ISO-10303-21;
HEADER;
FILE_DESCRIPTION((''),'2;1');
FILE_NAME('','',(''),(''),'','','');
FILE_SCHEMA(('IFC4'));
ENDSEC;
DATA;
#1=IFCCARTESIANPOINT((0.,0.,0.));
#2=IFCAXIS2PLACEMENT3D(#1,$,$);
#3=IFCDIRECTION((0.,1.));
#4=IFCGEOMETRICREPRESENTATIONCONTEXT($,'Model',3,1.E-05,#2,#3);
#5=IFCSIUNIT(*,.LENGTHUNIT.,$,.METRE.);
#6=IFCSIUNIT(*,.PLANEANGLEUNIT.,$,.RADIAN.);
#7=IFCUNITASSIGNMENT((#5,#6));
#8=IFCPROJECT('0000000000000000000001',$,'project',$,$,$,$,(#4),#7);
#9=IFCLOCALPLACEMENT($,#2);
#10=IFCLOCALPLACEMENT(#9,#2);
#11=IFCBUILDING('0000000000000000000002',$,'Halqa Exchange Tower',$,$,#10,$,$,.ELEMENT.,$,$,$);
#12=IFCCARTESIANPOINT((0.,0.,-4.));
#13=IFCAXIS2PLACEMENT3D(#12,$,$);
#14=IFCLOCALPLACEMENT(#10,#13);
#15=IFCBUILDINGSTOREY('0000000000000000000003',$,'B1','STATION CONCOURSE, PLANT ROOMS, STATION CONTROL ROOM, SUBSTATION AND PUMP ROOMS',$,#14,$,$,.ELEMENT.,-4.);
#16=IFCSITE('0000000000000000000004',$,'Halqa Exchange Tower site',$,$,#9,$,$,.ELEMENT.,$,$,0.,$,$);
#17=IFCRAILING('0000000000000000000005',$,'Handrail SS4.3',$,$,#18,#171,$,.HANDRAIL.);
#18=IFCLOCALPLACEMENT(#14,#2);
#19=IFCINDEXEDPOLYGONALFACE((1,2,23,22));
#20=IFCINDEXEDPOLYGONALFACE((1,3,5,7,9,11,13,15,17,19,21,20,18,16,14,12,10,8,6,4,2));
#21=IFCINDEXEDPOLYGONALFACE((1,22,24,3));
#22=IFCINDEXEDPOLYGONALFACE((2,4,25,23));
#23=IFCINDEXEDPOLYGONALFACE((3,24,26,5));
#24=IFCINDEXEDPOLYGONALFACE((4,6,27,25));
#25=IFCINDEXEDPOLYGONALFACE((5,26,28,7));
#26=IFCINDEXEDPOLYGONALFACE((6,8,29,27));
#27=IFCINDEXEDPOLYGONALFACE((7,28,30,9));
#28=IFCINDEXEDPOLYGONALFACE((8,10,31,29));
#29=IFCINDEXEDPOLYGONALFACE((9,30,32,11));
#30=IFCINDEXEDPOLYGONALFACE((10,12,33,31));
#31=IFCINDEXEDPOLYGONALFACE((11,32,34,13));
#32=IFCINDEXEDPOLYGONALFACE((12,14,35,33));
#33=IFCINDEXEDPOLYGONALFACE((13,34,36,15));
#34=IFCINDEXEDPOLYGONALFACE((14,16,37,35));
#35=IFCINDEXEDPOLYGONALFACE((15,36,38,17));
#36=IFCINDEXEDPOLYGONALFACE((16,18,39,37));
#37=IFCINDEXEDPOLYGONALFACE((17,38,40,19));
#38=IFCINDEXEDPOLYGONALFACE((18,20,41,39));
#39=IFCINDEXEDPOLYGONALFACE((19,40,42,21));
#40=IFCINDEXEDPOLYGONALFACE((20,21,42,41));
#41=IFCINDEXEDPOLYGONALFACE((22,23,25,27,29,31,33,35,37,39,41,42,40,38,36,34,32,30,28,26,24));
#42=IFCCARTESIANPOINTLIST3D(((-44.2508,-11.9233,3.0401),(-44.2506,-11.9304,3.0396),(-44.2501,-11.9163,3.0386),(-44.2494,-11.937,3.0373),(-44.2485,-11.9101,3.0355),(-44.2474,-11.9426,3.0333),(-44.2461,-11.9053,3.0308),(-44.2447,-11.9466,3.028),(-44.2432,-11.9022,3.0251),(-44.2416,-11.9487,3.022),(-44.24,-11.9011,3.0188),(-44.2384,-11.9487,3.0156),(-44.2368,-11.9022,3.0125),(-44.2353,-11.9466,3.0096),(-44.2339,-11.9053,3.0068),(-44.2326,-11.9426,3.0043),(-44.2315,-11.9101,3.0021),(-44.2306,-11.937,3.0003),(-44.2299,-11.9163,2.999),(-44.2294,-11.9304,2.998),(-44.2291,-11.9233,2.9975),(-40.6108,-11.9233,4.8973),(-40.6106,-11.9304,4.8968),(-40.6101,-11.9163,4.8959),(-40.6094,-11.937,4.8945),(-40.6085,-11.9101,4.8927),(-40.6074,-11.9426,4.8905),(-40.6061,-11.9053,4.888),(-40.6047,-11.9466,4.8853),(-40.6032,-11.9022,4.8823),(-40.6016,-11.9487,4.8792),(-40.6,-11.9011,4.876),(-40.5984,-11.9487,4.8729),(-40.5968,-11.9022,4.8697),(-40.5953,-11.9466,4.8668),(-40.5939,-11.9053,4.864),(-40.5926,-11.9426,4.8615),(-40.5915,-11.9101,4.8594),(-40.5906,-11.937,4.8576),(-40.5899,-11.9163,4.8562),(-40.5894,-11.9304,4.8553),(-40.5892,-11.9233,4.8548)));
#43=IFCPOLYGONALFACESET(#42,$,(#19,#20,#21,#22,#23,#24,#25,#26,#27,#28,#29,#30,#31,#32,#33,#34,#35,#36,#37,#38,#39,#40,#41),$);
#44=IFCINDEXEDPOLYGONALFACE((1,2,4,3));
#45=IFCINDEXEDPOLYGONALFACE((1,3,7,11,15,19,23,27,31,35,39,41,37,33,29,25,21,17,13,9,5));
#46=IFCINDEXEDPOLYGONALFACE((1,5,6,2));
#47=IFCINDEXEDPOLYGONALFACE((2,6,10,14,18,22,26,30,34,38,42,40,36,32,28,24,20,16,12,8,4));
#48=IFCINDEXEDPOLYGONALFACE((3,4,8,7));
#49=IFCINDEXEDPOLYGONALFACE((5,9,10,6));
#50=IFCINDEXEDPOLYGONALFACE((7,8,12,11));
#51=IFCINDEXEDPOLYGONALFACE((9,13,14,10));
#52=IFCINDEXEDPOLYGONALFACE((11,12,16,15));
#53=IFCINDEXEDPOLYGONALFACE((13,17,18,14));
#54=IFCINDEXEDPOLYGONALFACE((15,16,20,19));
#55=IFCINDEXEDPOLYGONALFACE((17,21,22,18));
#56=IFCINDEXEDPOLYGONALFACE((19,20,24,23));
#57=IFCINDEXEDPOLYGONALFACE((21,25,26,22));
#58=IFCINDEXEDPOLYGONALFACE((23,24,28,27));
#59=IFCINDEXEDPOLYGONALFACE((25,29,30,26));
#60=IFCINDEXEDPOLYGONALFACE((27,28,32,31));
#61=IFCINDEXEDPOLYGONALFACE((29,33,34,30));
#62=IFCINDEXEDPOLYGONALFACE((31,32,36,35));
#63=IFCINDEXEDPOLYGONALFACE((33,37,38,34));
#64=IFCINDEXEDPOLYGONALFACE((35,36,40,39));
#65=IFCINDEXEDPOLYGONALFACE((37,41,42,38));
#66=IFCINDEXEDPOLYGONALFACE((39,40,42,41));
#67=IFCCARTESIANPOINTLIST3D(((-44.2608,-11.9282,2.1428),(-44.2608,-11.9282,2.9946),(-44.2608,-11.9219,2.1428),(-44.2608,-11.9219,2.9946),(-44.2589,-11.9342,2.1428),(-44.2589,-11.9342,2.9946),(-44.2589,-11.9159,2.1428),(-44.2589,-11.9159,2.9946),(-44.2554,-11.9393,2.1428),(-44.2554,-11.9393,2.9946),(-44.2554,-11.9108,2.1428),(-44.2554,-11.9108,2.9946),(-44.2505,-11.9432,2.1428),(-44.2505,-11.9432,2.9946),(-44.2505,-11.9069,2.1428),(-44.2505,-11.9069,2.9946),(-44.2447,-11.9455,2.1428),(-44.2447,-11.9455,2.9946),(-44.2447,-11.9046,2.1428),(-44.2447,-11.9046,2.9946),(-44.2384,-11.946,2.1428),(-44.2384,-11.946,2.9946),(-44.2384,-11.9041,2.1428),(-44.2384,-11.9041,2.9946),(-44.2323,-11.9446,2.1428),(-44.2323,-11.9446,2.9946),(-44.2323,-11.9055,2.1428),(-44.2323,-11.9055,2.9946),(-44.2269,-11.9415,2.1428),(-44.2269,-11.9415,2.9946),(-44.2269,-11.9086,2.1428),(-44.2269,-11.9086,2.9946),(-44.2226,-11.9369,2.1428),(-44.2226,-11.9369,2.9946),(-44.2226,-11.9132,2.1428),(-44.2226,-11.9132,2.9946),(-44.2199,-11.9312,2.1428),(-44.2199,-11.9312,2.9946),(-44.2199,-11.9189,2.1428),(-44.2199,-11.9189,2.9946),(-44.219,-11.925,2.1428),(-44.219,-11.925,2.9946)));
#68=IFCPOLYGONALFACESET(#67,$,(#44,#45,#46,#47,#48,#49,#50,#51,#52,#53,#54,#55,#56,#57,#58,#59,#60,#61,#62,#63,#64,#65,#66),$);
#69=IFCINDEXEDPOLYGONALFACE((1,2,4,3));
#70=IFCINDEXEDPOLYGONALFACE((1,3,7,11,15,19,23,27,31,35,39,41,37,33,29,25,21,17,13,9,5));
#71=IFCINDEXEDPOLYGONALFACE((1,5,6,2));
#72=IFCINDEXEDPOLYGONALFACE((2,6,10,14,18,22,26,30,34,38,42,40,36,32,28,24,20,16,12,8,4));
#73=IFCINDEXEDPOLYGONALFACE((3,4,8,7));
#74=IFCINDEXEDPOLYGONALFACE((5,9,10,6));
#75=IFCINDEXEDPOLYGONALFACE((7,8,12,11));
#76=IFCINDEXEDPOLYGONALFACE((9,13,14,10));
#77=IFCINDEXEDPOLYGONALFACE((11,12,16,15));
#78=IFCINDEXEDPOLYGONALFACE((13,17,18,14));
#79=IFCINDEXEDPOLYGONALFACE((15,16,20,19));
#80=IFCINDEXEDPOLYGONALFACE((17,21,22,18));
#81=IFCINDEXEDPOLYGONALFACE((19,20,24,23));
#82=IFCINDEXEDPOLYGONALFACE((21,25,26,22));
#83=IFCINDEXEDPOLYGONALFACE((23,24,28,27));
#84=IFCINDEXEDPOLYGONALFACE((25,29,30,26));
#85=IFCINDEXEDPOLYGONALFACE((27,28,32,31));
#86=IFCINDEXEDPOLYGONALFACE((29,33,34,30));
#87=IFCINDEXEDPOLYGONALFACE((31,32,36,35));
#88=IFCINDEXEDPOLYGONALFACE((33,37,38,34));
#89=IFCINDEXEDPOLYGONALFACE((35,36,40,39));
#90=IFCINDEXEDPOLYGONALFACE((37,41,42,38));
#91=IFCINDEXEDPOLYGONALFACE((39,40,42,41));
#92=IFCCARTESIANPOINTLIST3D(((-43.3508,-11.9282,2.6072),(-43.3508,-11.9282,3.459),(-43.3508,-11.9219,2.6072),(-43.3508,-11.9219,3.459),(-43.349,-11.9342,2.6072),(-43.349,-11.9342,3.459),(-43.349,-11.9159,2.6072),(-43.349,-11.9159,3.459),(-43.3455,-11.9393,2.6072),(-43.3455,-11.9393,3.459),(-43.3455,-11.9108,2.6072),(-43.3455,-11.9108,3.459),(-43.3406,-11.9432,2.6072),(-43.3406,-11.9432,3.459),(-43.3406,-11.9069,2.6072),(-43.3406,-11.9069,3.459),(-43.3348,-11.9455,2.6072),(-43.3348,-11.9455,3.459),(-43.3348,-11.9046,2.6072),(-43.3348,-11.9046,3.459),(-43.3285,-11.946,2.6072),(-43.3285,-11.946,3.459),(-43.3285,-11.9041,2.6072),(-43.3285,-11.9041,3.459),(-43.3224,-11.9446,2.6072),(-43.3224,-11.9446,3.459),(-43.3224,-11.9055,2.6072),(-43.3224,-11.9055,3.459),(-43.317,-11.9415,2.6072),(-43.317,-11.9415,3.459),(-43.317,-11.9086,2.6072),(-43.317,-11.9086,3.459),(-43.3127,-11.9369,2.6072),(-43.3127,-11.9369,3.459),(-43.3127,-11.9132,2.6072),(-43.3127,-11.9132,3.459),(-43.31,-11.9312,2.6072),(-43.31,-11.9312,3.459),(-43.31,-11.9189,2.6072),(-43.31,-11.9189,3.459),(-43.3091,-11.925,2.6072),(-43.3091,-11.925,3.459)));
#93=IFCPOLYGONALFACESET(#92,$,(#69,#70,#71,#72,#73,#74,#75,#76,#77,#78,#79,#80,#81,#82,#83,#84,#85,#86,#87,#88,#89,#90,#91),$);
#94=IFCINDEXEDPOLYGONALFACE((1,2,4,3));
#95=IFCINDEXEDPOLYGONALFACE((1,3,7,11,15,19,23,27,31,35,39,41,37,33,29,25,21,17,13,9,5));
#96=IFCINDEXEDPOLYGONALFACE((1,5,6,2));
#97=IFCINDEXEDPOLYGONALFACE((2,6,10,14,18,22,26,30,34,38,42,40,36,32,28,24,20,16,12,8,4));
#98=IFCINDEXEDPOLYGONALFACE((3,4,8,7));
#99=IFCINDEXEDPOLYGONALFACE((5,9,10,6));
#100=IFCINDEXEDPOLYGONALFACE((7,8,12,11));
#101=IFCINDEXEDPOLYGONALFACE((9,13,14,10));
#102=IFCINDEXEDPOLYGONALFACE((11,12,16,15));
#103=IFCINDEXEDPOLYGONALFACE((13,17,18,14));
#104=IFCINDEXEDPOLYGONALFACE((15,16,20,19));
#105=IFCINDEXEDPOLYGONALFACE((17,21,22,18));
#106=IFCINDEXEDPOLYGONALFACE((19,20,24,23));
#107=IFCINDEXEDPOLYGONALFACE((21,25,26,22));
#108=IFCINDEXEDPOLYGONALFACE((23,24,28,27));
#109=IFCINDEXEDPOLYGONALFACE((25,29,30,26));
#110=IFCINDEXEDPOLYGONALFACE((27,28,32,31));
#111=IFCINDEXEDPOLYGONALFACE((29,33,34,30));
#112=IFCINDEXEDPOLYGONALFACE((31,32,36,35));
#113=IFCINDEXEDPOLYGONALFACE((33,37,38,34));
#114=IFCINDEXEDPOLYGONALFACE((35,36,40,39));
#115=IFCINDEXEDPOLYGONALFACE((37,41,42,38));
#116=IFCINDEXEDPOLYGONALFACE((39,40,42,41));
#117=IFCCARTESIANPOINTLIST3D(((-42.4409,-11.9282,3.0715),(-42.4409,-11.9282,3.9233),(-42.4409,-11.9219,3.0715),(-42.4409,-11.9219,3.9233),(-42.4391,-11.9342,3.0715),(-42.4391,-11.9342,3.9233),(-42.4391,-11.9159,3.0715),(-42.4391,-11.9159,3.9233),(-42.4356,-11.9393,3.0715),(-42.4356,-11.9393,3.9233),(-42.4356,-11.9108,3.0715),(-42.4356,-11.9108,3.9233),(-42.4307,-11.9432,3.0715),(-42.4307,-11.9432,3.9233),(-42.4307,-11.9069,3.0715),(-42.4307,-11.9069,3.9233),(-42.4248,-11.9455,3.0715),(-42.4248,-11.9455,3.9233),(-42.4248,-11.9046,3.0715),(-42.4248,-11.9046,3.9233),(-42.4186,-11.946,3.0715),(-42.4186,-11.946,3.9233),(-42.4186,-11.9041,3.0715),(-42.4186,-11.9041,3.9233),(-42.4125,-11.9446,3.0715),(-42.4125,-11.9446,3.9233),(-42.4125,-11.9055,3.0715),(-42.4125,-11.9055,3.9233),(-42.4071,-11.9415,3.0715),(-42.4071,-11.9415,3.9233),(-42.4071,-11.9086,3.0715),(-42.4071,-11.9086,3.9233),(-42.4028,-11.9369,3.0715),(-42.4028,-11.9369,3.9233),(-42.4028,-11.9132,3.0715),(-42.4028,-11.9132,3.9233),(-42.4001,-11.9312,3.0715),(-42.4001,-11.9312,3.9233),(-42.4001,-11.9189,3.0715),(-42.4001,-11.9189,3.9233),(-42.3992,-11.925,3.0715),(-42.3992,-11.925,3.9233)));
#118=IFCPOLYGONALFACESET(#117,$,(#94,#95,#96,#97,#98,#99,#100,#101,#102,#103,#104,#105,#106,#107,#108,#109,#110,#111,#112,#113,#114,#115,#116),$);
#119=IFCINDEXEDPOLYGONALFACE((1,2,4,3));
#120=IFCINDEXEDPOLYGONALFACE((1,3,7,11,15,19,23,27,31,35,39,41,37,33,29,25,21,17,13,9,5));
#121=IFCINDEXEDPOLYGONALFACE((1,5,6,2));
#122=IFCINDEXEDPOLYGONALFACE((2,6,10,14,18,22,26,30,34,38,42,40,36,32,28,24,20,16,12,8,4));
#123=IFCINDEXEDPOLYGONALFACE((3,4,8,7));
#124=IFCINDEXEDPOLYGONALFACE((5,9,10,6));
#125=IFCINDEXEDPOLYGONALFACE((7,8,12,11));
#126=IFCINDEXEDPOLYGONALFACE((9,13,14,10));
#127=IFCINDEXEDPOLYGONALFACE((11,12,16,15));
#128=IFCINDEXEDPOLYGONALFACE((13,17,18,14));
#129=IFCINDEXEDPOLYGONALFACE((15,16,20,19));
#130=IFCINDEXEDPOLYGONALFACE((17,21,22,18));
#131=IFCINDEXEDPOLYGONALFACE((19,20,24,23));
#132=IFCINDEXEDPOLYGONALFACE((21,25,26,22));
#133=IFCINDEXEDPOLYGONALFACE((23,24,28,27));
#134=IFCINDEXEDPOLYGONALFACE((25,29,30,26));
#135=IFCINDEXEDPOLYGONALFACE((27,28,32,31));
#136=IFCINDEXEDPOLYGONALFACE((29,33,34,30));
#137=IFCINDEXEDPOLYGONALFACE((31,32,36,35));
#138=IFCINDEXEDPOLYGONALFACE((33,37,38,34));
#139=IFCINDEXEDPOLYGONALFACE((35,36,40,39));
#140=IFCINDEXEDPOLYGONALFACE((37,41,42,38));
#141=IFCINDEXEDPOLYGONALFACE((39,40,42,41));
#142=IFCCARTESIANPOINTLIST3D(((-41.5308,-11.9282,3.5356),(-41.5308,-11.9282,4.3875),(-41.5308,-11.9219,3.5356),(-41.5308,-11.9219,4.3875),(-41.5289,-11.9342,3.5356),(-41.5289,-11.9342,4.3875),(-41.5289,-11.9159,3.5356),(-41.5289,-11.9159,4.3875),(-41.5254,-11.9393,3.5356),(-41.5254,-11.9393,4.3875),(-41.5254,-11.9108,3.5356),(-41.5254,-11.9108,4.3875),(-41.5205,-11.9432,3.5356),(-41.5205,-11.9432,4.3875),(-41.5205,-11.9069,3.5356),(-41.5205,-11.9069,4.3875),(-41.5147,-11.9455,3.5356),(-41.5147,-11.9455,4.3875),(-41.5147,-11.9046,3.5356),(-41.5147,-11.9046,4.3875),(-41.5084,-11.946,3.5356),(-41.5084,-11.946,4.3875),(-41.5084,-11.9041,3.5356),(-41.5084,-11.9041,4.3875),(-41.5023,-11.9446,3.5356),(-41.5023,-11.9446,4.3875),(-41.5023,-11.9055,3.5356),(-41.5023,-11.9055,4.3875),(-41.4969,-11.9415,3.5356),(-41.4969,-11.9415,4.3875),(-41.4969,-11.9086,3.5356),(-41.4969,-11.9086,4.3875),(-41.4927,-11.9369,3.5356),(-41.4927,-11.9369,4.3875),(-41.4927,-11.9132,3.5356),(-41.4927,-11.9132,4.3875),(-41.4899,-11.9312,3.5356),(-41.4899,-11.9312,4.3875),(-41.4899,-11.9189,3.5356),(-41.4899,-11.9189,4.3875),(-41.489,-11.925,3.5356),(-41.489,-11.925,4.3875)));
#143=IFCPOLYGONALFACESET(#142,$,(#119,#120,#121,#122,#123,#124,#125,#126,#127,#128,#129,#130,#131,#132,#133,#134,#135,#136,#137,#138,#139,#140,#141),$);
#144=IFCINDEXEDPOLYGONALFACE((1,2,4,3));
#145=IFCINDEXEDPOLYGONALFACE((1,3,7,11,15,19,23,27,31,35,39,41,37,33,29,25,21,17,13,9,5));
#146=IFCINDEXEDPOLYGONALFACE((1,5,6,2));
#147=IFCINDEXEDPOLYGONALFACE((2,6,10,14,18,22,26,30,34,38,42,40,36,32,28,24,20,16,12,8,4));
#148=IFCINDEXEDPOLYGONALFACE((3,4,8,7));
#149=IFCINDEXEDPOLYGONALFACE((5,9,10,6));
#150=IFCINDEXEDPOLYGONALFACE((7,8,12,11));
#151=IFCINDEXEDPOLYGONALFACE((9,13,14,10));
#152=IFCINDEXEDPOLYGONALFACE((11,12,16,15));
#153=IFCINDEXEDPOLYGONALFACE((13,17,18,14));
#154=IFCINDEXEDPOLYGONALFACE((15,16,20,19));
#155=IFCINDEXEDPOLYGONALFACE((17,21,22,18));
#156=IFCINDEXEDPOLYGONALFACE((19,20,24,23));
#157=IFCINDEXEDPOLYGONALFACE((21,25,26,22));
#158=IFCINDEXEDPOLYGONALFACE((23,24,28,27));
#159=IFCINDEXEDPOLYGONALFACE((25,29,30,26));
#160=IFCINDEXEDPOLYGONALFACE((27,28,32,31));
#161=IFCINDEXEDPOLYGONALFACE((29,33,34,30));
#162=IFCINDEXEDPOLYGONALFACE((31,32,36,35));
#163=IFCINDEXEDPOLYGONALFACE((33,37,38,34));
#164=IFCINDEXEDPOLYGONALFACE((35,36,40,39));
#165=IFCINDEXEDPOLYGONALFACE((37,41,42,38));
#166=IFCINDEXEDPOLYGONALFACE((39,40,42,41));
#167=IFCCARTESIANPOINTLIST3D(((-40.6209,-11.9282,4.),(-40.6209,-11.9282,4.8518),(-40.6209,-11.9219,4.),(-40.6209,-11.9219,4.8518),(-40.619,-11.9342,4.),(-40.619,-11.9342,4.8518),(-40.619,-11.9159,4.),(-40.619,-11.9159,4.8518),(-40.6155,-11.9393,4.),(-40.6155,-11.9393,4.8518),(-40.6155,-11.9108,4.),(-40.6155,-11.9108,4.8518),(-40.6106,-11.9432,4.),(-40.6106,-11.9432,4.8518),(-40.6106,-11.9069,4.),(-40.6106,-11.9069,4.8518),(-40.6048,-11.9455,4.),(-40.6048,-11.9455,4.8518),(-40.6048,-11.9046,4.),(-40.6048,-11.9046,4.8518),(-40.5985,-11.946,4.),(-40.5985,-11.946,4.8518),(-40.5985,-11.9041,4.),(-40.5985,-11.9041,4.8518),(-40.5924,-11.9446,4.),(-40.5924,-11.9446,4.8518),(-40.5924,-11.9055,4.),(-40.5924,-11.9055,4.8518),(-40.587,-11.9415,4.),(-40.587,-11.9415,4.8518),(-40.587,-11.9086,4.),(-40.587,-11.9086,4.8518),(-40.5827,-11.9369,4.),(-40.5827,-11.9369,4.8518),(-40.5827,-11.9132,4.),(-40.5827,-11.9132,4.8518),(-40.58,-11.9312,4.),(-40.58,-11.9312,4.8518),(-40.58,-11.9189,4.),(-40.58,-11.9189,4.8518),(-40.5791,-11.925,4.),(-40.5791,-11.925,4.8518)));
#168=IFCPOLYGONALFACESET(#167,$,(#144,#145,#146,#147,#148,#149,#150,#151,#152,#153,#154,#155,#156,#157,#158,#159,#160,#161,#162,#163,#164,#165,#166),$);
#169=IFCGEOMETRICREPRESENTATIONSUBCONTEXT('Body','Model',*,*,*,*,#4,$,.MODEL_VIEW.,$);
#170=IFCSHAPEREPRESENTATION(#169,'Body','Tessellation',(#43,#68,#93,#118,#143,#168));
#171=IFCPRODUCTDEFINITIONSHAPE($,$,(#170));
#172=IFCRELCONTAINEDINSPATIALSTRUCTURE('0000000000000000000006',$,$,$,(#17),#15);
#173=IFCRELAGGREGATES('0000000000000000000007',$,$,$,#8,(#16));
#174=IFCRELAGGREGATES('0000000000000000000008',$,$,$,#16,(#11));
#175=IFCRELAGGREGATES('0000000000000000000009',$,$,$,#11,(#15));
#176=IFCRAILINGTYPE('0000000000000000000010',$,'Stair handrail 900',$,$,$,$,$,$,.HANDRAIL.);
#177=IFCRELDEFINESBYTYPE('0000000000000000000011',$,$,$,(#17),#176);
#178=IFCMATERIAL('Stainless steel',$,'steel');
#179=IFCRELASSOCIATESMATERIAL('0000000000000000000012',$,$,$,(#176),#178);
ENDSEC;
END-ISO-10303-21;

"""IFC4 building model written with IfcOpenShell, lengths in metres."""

from ifc_helpers import new_model, si_unit, direction, frame, origin, origin_2d, place, context, subcontext, project, spatial, circle, extrude, material, type_object, element, save


model = new_model("IFC4")

# Units and contexts
model_context = context("Model", 3, precision=1e-05, world=origin(), true_north=direction((0.0, 1.0)))
body_context = subcontext(model_context, "Body", "Model", "MODEL_VIEW")
ifc_project = project(units=[si_unit("LENGTHUNIT", "METRE"), si_unit("PLANEANGLEUNIT", "RADIAN")], contexts=[model_context])

# Site, building, storey
site_placement = place(None, origin())
site = spatial("IfcSite", under=ifc_project, at=site_placement, Name="Halqa Exchange Tower site", CompositionType="ELEMENT", RefElevation=0.0)
building_placement = place(site_placement, origin())
building = spatial("IfcBuilding", under=site, at=building_placement, Name="Halqa Exchange Tower", CompositionType="ELEMENT")
storey_placement = place(building_placement, frame((0.0, 0.0, -4.0)))
storey = spatial("IfcBuildingStorey", under=building, at=storey_placement, Name="B1", Description="STATION CONCOURSE, PLANT ROOMS, STATION CONTROL ROOM, SUBSTATION AND PUMP ROOMS", CompositionType="ELEMENT", Elevation=-4.0)

# Railing
ifc_material_1 = material(Name="Stainless steel", Category="steel")
railing_type = type_object("IfcRailingType", Name="Stair handrail 900", PredefinedType="HANDRAIL", material=ifc_material_1)
railing_placement = place(storey_placement, frame((-44.24, -11.925, 2.1428)))
element("IfcRailing", 1, at=railing_placement, inside=storey, type_object=railing_type, Name="Handrail SS4.3", PredefinedType="HANDRAIL", context=body_context, shape_type="SweptSolid", body=[
    extrude(circle(Radius=0.0239, at=origin_2d()), frame((0.0, 0.0, 0.876), z_axis=(0.890753, 0.0, 0.454488), x_axis=(0.0, 1.0, 0.0)), (0.0, 0.0, 1.0), 4.0864),
    extrude(circle(Radius=0.021, at=origin_2d()), origin(), (0.0, 0.0, 1.0), 0.8518),
    extrude(circle(Radius=0.021, at=origin_2d()), frame((0.9099, 0.0, 0.4644)), (0.0, 0.0, 1.0), 0.8518),
    extrude(circle(Radius=0.021, at=origin_2d()), frame((1.8198, 0.0, 0.9287)), (0.0, 0.0, 1.0), 0.8518),
    extrude(circle(Radius=0.021, at=origin_2d()), frame((2.73, 0.0, 1.3928)), (0.0, 0.0, 1.0), 0.8518),
    extrude(circle(Radius=0.021, at=origin_2d()), frame((3.6399, 0.0, 1.8572)), (0.0, 0.0, 1.0), 0.8518),
])

save(model, "model.ifc")
